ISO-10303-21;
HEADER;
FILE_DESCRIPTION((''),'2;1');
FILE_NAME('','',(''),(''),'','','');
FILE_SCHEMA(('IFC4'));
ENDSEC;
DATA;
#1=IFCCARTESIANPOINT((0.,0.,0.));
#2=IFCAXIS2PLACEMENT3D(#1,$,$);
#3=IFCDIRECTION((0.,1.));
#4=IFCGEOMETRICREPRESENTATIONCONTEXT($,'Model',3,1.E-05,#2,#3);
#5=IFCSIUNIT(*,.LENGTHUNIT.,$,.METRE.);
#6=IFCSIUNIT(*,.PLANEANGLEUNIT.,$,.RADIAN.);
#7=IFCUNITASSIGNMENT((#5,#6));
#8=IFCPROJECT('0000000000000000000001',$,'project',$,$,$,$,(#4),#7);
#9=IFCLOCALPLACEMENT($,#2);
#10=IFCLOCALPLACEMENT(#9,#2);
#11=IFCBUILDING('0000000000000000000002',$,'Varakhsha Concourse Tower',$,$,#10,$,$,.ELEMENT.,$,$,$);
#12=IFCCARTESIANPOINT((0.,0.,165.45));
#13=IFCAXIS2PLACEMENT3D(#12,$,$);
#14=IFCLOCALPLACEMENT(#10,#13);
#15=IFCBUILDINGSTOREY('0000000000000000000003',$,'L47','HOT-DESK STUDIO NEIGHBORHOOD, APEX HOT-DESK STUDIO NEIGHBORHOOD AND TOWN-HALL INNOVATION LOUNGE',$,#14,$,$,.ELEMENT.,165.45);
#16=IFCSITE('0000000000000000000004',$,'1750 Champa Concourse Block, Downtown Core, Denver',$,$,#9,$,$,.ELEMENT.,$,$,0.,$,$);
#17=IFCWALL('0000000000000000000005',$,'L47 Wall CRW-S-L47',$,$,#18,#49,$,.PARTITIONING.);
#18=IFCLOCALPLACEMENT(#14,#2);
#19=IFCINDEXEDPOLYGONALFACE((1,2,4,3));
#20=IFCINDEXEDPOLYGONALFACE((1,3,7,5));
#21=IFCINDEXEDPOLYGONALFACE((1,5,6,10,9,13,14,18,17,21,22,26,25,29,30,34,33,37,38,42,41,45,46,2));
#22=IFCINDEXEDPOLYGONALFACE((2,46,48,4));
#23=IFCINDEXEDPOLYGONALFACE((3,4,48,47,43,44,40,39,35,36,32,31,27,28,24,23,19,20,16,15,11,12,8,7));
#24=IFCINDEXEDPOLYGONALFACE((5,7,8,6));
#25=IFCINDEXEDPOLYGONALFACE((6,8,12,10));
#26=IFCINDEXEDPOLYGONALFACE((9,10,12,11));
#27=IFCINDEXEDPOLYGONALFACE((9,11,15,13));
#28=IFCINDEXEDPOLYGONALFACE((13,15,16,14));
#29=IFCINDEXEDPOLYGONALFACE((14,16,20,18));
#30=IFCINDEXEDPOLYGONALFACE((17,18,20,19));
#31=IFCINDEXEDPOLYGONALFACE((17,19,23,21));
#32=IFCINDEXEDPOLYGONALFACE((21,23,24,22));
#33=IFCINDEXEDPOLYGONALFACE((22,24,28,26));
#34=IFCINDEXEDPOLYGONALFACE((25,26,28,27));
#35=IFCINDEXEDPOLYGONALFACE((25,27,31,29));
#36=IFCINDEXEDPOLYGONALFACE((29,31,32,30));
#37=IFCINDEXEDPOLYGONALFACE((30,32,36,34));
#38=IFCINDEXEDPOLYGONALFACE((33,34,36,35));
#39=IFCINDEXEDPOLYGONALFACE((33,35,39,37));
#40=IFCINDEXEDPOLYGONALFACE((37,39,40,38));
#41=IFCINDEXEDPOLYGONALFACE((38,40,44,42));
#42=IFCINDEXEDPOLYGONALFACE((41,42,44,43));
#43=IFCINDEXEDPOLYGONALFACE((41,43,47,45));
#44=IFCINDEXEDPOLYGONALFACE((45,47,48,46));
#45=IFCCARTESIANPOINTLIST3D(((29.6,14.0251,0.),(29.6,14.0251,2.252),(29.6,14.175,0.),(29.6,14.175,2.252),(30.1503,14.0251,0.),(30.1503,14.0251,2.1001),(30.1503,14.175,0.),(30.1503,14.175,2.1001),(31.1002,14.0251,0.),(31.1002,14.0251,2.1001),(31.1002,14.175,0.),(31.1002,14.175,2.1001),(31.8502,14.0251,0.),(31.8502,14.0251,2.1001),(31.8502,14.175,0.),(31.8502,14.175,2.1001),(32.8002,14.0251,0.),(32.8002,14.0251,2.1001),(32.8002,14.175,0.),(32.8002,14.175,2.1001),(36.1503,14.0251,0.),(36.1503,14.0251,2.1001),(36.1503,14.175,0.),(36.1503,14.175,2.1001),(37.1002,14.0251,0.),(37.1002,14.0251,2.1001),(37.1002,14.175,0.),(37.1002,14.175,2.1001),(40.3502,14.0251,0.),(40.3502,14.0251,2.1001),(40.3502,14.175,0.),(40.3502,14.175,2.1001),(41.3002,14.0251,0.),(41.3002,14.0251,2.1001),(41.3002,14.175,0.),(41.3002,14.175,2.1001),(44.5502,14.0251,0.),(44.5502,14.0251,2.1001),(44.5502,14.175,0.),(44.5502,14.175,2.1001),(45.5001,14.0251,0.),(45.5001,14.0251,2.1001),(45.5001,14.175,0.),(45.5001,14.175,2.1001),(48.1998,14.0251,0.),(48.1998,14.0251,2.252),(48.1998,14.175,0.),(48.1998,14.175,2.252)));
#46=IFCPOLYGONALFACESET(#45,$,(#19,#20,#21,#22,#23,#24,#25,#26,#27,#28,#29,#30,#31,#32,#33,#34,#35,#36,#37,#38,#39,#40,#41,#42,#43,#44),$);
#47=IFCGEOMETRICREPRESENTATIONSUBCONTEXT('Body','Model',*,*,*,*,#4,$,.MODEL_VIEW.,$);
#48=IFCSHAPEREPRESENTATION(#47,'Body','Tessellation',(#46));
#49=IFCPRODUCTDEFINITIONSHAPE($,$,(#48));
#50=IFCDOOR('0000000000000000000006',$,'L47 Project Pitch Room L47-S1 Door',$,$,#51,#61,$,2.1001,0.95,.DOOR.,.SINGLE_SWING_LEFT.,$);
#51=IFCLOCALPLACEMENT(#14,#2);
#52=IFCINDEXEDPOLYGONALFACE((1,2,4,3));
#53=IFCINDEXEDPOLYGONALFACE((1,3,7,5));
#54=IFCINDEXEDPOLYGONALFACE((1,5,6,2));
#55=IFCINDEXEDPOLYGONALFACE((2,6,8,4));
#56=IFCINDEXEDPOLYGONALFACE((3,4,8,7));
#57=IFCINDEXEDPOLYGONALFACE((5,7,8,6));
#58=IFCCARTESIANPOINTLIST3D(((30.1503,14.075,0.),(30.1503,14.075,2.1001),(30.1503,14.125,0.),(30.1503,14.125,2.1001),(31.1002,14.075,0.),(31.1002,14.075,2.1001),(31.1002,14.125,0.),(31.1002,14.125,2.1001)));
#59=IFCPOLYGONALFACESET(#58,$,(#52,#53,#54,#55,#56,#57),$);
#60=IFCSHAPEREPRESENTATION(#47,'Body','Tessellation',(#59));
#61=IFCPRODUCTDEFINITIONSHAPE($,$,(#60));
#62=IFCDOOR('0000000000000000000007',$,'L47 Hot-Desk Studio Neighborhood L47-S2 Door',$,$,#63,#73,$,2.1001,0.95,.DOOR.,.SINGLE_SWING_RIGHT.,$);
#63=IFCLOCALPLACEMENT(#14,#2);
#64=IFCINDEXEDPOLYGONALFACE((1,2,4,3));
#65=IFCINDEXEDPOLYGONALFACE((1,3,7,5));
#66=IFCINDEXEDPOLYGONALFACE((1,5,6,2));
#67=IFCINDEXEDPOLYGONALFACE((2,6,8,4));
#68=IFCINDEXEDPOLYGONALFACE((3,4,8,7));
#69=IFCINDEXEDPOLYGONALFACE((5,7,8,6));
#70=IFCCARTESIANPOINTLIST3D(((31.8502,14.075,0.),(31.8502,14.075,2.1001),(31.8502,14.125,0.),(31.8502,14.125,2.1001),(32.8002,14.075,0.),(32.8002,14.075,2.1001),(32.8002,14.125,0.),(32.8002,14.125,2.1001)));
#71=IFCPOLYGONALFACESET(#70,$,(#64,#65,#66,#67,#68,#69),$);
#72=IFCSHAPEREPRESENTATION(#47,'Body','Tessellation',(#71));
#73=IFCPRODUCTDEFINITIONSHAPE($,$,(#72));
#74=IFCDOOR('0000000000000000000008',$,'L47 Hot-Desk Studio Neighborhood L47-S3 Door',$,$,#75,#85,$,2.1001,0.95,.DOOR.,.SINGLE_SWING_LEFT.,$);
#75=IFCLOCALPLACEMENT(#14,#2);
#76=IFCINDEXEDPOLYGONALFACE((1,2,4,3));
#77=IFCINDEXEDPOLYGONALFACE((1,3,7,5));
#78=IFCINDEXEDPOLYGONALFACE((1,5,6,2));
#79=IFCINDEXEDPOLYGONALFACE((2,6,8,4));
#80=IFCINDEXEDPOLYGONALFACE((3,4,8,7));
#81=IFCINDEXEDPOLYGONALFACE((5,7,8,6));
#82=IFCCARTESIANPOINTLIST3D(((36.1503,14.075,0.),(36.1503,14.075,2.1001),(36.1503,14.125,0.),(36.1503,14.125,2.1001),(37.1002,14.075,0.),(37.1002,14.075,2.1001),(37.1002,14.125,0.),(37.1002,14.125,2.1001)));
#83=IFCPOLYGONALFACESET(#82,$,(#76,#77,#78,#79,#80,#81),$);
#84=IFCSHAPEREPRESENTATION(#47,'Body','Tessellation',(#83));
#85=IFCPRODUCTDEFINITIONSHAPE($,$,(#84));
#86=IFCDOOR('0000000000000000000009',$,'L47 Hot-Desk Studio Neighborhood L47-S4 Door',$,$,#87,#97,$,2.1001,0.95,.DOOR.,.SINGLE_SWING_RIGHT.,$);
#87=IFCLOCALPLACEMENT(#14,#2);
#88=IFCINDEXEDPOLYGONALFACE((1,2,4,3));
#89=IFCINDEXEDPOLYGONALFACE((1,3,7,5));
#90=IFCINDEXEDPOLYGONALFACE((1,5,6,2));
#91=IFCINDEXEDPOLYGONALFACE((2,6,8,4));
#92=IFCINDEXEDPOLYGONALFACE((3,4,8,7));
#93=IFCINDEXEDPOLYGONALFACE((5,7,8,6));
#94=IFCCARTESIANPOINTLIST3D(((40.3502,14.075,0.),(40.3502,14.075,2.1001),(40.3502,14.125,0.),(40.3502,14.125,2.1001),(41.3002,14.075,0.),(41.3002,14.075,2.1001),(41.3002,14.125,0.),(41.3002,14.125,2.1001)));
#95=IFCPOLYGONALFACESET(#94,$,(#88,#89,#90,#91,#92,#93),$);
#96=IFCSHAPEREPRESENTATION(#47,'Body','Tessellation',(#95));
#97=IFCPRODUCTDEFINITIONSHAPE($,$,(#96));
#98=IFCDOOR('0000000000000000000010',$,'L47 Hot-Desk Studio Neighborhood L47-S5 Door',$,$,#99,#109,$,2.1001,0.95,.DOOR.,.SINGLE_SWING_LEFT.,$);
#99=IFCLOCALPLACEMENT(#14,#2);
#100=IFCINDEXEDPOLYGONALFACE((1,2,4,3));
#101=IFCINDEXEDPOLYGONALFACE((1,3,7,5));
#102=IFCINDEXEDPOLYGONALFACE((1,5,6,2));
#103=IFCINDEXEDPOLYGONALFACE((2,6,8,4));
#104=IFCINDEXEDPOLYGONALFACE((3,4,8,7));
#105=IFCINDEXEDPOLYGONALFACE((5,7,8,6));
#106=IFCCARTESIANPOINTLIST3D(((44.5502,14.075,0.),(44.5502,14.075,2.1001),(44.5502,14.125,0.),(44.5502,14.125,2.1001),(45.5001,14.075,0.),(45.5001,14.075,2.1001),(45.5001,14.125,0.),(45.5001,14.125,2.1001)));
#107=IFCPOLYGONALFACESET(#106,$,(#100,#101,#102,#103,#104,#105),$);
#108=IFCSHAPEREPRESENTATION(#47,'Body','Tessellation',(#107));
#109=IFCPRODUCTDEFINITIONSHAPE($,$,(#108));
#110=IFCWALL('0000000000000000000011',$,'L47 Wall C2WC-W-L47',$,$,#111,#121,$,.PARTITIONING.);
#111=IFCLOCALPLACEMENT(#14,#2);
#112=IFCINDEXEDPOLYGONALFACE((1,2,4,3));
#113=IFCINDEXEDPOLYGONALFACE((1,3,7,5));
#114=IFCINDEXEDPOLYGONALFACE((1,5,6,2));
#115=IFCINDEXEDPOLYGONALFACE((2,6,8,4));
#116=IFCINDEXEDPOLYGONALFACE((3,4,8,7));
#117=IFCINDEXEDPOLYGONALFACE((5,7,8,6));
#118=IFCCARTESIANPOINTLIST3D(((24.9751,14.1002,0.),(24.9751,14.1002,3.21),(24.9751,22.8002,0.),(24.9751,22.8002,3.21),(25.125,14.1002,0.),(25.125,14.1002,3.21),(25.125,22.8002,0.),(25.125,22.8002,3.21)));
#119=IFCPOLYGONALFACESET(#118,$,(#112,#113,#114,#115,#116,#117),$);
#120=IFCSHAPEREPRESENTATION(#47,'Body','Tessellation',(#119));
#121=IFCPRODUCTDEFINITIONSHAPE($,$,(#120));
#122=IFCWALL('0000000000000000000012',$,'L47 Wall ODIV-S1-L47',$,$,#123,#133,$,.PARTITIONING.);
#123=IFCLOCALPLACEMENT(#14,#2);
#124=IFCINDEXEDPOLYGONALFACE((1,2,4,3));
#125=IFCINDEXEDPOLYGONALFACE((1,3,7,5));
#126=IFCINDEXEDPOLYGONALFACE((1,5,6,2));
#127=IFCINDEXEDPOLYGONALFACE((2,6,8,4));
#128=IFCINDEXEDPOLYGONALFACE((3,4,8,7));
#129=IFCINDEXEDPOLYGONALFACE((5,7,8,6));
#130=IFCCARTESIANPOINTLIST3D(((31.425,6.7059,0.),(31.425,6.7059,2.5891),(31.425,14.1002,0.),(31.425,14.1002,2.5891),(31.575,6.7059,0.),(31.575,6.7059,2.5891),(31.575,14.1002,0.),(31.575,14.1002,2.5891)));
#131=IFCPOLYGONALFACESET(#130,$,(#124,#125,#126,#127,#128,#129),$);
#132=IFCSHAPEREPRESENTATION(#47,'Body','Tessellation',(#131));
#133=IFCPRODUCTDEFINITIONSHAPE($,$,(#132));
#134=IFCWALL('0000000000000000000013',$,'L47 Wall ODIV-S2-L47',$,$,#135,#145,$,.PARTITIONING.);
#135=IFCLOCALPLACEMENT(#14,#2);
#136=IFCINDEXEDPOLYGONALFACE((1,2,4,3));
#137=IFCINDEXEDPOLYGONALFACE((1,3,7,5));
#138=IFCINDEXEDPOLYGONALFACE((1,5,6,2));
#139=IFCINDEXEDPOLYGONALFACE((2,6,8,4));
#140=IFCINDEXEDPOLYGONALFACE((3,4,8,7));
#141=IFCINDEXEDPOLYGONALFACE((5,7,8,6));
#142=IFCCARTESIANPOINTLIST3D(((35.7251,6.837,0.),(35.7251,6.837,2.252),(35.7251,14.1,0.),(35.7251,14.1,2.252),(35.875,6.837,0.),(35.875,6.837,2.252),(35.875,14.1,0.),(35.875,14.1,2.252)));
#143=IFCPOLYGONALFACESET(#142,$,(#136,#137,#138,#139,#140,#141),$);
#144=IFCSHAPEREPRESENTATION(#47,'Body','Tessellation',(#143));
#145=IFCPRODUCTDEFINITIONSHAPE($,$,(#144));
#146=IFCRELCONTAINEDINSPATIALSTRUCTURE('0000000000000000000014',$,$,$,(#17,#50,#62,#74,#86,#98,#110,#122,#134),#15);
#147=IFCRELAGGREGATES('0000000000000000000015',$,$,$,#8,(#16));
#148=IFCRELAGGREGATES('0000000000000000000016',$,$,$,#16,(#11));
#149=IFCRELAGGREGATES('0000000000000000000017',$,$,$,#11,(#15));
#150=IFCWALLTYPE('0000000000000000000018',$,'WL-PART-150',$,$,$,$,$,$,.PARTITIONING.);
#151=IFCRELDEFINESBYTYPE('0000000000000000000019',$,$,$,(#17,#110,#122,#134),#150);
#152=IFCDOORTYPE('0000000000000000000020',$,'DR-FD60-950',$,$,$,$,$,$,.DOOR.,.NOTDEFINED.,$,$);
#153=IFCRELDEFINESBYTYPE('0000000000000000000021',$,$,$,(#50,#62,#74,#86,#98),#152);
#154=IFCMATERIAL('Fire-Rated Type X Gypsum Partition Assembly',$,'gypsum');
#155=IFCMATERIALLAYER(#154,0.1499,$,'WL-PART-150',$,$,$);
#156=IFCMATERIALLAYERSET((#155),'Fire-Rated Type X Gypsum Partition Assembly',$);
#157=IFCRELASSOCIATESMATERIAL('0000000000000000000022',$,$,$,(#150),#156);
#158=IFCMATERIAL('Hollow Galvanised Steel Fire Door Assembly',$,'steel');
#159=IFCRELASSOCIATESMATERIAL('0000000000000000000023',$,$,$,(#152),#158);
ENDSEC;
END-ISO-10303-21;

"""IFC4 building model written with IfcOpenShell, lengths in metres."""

from ifc_helpers import new_model, si_unit, direction, frame, frame_2d, origin, place, context, subcontext, project, spatial, rectangle, extrude, material, layer, layer_set, type_object, element, fill, save


model = new_model("IFC4")

# Units and contexts
model_context = context("Model", 3, precision=1e-05, world=origin(), true_north=direction((0.0, 1.0)))
body_context = subcontext(model_context, "Body", "Model", "MODEL_VIEW")
ifc_project = project(units=[si_unit("LENGTHUNIT", "METRE"), si_unit("PLANEANGLEUNIT", "RADIAN")], contexts=[model_context])

# Site, building, storey
site_placement = place(None, origin())
site = spatial("IfcSite", under=ifc_project, at=site_placement, Name="1750 Champa Concourse Block, Downtown Core, Denver", CompositionType="ELEMENT", RefElevation=0.0)
building_placement = place(site_placement, origin())
building = spatial("IfcBuilding", under=site, at=building_placement, Name="Varakhsha Concourse Tower", CompositionType="ELEMENT")
storey_placement = place(building_placement, frame((0.0, 0.0, 165.45)))
storey = spatial("IfcBuildingStorey", under=building, at=storey_placement, Name="L47", Description="HOT-DESK STUDIO NEIGHBORHOOD, APEX HOT-DESK STUDIO NEIGHBORHOOD AND TOWN-HALL INNOVATION LOUNGE", CompositionType="ELEMENT", Elevation=165.45)

# Wall, openings, doors
ifc_material_1 = material(Name="Fire-Rated Type X Gypsum Partition Assembly", Category="gypsum")
ifc_layer_1 = layer(ifc_material_1, 0.1499, Name="WL-PART-150")
ifc_layer_set_1 = layer_set([ifc_layer_1], Name="Fire-Rated Type X Gypsum Partition Assembly")
wall_type = type_object("IfcWallType", Name="WL-PART-150", PredefinedType="PARTITIONING", material=ifc_layer_set_1)
wall_1_placement = place(storey_placement, frame((29.6001, 14.1001, 0.0), z_axis=(0.0, 0.0, 1.0), x_axis=(1.0, 0.0, 0.0)))
wall_1 = element("IfcWall", 1, at=wall_1_placement, inside=storey, type_object=wall_type, Name="L47 Wall CRW-S-L47", PredefinedType="PARTITIONING", context=body_context, shape_type="SweptSolid", body=[
    extrude(rectangle(XDim=18.5999, YDim=0.1499, at=frame_2d((9.2998, 0.0))), origin(), (0.0, 0.0, 1.0), 2.252),
])
opening_1_placement = place(wall_1_placement, frame((0.55, 0.0, 0.0)))
opening_1 = element("IfcOpeningElement", 2, at=opening_1_placement, cuts=wall_1, PredefinedType="OPENING", context=body_context, shape_type="SweptSolid", body=[
    extrude(rectangle(XDim=0.95, YDim=2.1001, at=frame_2d((0.4751, 1.05))), frame((0.0, 0.085, 0.0), z_axis=(0.0, -1.0, 0.0), x_axis=(1.0, 0.0, 0.0)), (0.0, 0.0, 1.0), 0.1699),
])
opening_2_placement = place(wall_1_placement, frame((2.25, 0.0, 0.0)))
opening_2 = element("IfcOpeningElement", 3, at=opening_2_placement, cuts=wall_1, PredefinedType="OPENING", context=body_context, shape_type="SweptSolid", body=[
    extrude(rectangle(XDim=0.95, YDim=2.1001, at=frame_2d((0.4751, 1.05))), frame((0.0, 0.085, 0.0), z_axis=(0.0, -1.0, 0.0), x_axis=(1.0, 0.0, 0.0)), (0.0, 0.0, 1.0), 0.1699),
])
opening_3_placement = place(wall_1_placement, frame((6.55, 0.0, 0.0)))
opening_3 = element("IfcOpeningElement", 4, at=opening_3_placement, cuts=wall_1, PredefinedType="OPENING", context=body_context, shape_type="SweptSolid", body=[
    extrude(rectangle(XDim=0.95, YDim=2.1001, at=frame_2d((0.4751, 1.05))), frame((0.0, 0.085, 0.0), z_axis=(0.0, -1.0, 0.0), x_axis=(1.0, 0.0, 0.0)), (0.0, 0.0, 1.0), 0.1699),
])
opening_4_placement = place(wall_1_placement, frame((10.75, 0.0, 0.0)))
opening_4 = element("IfcOpeningElement", 5, at=opening_4_placement, cuts=wall_1, PredefinedType="OPENING", context=body_context, shape_type="SweptSolid", body=[
    extrude(rectangle(XDim=0.95, YDim=2.1001, at=frame_2d((0.4751, 1.05))), frame((0.0, 0.085, 0.0), z_axis=(0.0, -1.0, 0.0), x_axis=(1.0, 0.0, 0.0)), (0.0, 0.0, 1.0), 0.1699),
])
opening_5_placement = place(wall_1_placement, frame((14.95, 0.0, 0.0)))
opening_5 = element("IfcOpeningElement", 6, at=opening_5_placement, cuts=wall_1, PredefinedType="OPENING", context=body_context, shape_type="SweptSolid", body=[
    extrude(rectangle(XDim=0.95, YDim=2.1001, at=frame_2d((0.4751, 1.05))), frame((0.0, 0.085, 0.0), z_axis=(0.0, -1.0, 0.0), x_axis=(1.0, 0.0, 0.0)), (0.0, 0.0, 1.0), 0.1699),
])
ifc_material_2 = material(Name="Hollow Galvanised Steel Fire Door Assembly", Category="steel")
door_type = type_object("IfcDoorType", Name="DR-FD60-950", OperationType="NOTDEFINED", PredefinedType="DOOR", material=ifc_material_2)
door_1_placement = place(opening_1_placement, origin())
door_1 = element("IfcDoor", 7, at=door_1_placement, inside=storey, type_object=door_type, Name="L47 Project Pitch Room L47-S1 Door", OperationType="SINGLE_SWING_LEFT", OverallHeight=2.1001, OverallWidth=0.95, PredefinedType="DOOR", context=body_context, shape_type="SweptSolid", body=[
    extrude(rectangle(XDim=0.95, YDim=2.1001, at=frame_2d((0.4751, 1.05))), frame((0.0, 0.0249, 0.0), z_axis=(0.0, -1.0, 0.0), x_axis=(1.0, 0.0, 0.0)), (0.0, 0.0, 1.0), 0.05),
])
fill(opening_1, door_1)
door_2_placement = place(opening_2_placement, origin())
door_2 = element("IfcDoor", 8, at=door_2_placement, inside=storey, type_object=door_type, Name="L47 Hot-Desk Studio Neighborhood L47-S2 Door", OperationType="SINGLE_SWING_RIGHT", OverallHeight=2.1001, OverallWidth=0.95, PredefinedType="DOOR", context=body_context, shape_type="SweptSolid", body=[
    extrude(rectangle(XDim=0.95, YDim=2.1001, at=frame_2d((0.4751, 1.05))), frame((0.0, 0.0249, 0.0), z_axis=(0.0, -1.0, 0.0), x_axis=(1.0, 0.0, 0.0)), (0.0, 0.0, 1.0), 0.05),
])
fill(opening_2, door_2)
door_3_placement = place(opening_3_placement, origin())
door_3 = element("IfcDoor", 9, at=door_3_placement, inside=storey, type_object=door_type, Name="L47 Hot-Desk Studio Neighborhood L47-S3 Door", OperationType="SINGLE_SWING_LEFT", OverallHeight=2.1001, OverallWidth=0.95, PredefinedType="DOOR", context=body_context, shape_type="SweptSolid", body=[
    extrude(rectangle(XDim=0.95, YDim=2.1001, at=frame_2d((0.4751, 1.05))), frame((0.0, 0.0249, 0.0), z_axis=(0.0, -1.0, 0.0), x_axis=(1.0, 0.0, 0.0)), (0.0, 0.0, 1.0), 0.05),
])
fill(opening_3, door_3)
door_4_placement = place(opening_4_placement, origin())
door_4 = element("IfcDoor", 10, at=door_4_placement, inside=storey, type_object=door_type, Name="L47 Hot-Desk Studio Neighborhood L47-S4 Door", OperationType="SINGLE_SWING_RIGHT", OverallHeight=2.1001, OverallWidth=0.95, PredefinedType="DOOR", context=body_context, shape_type="SweptSolid", body=[
    extrude(rectangle(XDim=0.95, YDim=2.1001, at=frame_2d((0.4751, 1.05))), frame((0.0, 0.0249, 0.0), z_axis=(0.0, -1.0, 0.0), x_axis=(1.0, 0.0, 0.0)), (0.0, 0.0, 1.0), 0.05),
])
fill(opening_4, door_4)
door_5_placement = place(opening_5_placement, origin())
door_5 = element("IfcDoor", 11, at=door_5_placement, inside=storey, type_object=door_type, Name="L47 Hot-Desk Studio Neighborhood L47-S5 Door", OperationType="SINGLE_SWING_LEFT", OverallHeight=2.1001, OverallWidth=0.95, PredefinedType="DOOR", context=body_context, shape_type="SweptSolid", body=[
    extrude(rectangle(XDim=0.95, YDim=2.1001, at=frame_2d((0.4751, 1.05))), frame((0.0, 0.0249, 0.0), z_axis=(0.0, -1.0, 0.0), x_axis=(1.0, 0.0, 0.0)), (0.0, 0.0, 1.0), 0.05),
])
fill(opening_5, door_5)

# Walls
wall_2_placement = place(storey_placement, frame((25.05, 14.1001, 0.0), z_axis=(0.0, 0.0, 1.0), x_axis=(0.0, 1.0, 0.0)))
element("IfcWall", 12, at=wall_2_placement, inside=storey, type_object=wall_type, Name="L47 Wall C2WC-W-L47", PredefinedType="PARTITIONING", context=body_context, shape_type="SweptSolid", body=[
    extrude(rectangle(XDim=8.7, YDim=0.1499, at=frame_2d((4.3501, 0.0))), origin(), (0.0, 0.0, 1.0), 3.21),
])
wall_3_placement = place(storey_placement, frame((31.5, 6.7058, 0.0), z_axis=(0.0, 0.0, 1.0), x_axis=(0.0, 1.0, 0.0)))
element("IfcWall", 13, at=wall_3_placement, inside=storey, type_object=wall_type, Name="L47 Wall ODIV-S1-L47", PredefinedType="PARTITIONING", context=body_context, shape_type="SweptSolid", body=[
    extrude(rectangle(XDim=7.3943, YDim=0.1499, at=frame_2d((3.6973, 0.0))), origin(), (0.0, 0.0, 1.0), 2.5891),
])
wall_4_placement = place(storey_placement, frame((35.8, 6.8372, 0.0), z_axis=(0.0, 0.0, 1.0), x_axis=(0.0, 1.0, 0.0)))
element("IfcWall", 14, at=wall_4_placement, inside=storey, type_object=wall_type, Name="L47 Wall ODIV-S2-L47", PredefinedType="PARTITIONING", context=body_context, shape_type="SweptSolid", body=[
    extrude(rectangle(XDim=7.2629, YDim=0.1499, at=frame_2d((3.6313, 0.0))), origin(), (0.0, 0.0, 1.0), 2.252),
])

save(model, "model.ifc")
